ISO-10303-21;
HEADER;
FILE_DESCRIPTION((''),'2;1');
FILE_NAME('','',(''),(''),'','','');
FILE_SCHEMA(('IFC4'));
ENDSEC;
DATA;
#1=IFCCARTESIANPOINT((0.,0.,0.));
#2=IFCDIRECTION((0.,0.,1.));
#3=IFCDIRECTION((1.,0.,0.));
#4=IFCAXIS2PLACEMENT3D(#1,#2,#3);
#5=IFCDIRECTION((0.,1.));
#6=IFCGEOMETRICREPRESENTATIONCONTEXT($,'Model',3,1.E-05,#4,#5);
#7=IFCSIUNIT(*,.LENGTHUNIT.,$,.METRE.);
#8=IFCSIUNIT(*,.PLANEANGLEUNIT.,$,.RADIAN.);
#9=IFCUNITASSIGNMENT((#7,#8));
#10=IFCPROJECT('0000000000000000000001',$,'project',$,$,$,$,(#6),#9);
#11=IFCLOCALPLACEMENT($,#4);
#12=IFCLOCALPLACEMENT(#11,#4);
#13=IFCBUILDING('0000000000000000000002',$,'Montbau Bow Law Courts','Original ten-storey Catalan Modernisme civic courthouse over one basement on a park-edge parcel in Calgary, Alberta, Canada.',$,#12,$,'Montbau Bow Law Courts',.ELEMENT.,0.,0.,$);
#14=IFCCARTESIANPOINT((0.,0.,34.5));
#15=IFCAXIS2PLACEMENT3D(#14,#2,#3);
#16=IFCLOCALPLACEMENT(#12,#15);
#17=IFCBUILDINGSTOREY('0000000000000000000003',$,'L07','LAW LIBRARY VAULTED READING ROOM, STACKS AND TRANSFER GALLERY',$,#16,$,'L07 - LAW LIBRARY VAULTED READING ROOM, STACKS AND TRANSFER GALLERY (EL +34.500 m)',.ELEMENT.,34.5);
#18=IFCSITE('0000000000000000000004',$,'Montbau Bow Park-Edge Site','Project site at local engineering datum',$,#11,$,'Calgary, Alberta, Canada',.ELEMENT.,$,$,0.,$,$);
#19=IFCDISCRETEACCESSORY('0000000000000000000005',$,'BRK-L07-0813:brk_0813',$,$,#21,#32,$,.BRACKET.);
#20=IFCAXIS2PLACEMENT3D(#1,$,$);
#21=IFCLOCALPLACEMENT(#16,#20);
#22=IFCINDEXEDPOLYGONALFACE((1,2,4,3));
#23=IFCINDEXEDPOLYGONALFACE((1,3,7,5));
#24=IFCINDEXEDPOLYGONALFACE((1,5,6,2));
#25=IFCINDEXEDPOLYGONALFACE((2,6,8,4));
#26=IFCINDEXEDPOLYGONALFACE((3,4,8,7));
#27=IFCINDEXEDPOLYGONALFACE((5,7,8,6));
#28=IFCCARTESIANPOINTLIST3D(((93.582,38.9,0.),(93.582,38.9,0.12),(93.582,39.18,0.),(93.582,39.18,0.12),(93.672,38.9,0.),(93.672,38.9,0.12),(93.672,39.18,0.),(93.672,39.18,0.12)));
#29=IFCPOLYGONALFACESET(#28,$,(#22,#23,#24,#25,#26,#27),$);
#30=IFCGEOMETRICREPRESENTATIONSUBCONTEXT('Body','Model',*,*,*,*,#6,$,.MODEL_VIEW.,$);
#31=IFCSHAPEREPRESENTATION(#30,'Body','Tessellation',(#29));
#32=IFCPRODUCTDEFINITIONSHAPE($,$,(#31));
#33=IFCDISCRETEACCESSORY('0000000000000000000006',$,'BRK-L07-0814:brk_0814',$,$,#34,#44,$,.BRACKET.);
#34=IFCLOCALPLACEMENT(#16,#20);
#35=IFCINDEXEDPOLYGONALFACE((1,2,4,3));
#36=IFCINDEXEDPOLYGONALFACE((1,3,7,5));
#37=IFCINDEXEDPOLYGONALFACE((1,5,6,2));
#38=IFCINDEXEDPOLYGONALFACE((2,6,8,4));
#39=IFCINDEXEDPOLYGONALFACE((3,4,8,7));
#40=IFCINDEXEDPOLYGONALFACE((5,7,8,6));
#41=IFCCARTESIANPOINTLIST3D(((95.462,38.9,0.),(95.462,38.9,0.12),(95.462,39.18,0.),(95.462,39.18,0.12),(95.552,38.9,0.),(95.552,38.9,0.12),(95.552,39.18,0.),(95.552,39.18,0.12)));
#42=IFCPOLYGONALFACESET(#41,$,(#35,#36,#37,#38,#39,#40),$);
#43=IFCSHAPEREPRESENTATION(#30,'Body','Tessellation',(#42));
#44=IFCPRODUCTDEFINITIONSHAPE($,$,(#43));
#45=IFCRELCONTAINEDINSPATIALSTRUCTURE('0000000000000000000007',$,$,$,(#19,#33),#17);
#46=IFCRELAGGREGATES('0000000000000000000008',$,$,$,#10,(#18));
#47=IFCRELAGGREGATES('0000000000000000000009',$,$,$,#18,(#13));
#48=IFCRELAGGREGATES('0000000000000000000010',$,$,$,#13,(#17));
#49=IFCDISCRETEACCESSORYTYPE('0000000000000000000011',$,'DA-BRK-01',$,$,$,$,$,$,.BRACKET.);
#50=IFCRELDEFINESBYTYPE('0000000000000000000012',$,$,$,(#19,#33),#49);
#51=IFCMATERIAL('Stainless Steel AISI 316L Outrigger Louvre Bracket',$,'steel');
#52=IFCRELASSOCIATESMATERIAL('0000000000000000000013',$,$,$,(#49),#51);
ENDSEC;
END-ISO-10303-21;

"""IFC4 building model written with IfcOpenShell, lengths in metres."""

from ifc_helpers import new_model, si_unit, direction, frame, origin_with_axes, origin_2d_with_axis, place, context, subcontext, project, spatial, rectangle, extrude, material, type_object, element, save


model = new_model("IFC4")

# Units and contexts
model_context = context("Model", 3, precision=1e-05, world=origin_with_axes(), true_north=direction((0.0, 1.0)))
body_context = subcontext(model_context, "Body", "Model", "MODEL_VIEW")
ifc_project = project(units=[si_unit("LENGTHUNIT", "METRE"), si_unit("PLANEANGLEUNIT", "RADIAN")], contexts=[model_context])

# Site, building, storey
site_placement = place(None, origin_with_axes())
site = spatial("IfcSite", under=ifc_project, at=site_placement, Name="Montbau Bow Park-Edge Site", Description="Project site at local engineering datum", LongName="Calgary, Alberta, Canada", CompositionType="ELEMENT", RefElevation=0.0)
building_placement = place(site_placement, origin_with_axes())
building = spatial("IfcBuilding", under=site, at=building_placement, Name="Montbau Bow Law Courts", Description="Original ten-storey Catalan Modernisme civic courthouse over one basement on a park-edge parcel in Calgary, Alberta, Canada.", LongName="Montbau Bow Law Courts", CompositionType="ELEMENT", ElevationOfRefHeight=0.0, ElevationOfTerrain=0.0)
storey_placement = place(building_placement, frame((0.0, 0.0, 34.5), z_axis=(0.0, 0.0, 1.0), x_axis=(1.0, 0.0, 0.0)))
storey = spatial("IfcBuildingStorey", under=building, at=storey_placement, Name="L07", Description="LAW LIBRARY VAULTED READING ROOM, STACKS AND TRANSFER GALLERY", LongName="L07 - LAW LIBRARY VAULTED READING ROOM, STACKS AND TRANSFER GALLERY (EL +34.500 m)", CompositionType="ELEMENT", Elevation=34.5)

# Discrete accessories
ifc_material_1 = material(Name="Stainless Steel AISI 316L Outrigger Louvre Bracket", Category="steel")
discrete_accessory_type = type_object("IfcDiscreteAccessoryType", Name="DA-BRK-01", PredefinedType="BRACKET", material=ifc_material_1)
for number, where, z_axis, x_axis, name in (
    (1, (93.627, 39.04, 34.5), (0.0, 0.0, 1.0), (0.0, -1.0, 0.0), "BRK-L07-0813:brk_0813"),
    (2, (95.507, 39.04, 34.5), (0.0, 0.0, 1.0), (0.0, -1.0, 0.0), "BRK-L07-0814:brk_0814"),
):
    element("IfcDiscreteAccessory", number, at=place(None, frame(where, z_axis=z_axis, x_axis=x_axis)), inside=storey, type_object=discrete_accessory_type, Name=name, PredefinedType="BRACKET", context=body_context, shape_type="SweptSolid", body=[
        extrude(rectangle(XDim=0.28, YDim=0.09, at=origin_2d_with_axis()), origin_with_axes(), (0.0, 0.0, 1.0), 0.12),
    ])

save(model, "model.ifc")
